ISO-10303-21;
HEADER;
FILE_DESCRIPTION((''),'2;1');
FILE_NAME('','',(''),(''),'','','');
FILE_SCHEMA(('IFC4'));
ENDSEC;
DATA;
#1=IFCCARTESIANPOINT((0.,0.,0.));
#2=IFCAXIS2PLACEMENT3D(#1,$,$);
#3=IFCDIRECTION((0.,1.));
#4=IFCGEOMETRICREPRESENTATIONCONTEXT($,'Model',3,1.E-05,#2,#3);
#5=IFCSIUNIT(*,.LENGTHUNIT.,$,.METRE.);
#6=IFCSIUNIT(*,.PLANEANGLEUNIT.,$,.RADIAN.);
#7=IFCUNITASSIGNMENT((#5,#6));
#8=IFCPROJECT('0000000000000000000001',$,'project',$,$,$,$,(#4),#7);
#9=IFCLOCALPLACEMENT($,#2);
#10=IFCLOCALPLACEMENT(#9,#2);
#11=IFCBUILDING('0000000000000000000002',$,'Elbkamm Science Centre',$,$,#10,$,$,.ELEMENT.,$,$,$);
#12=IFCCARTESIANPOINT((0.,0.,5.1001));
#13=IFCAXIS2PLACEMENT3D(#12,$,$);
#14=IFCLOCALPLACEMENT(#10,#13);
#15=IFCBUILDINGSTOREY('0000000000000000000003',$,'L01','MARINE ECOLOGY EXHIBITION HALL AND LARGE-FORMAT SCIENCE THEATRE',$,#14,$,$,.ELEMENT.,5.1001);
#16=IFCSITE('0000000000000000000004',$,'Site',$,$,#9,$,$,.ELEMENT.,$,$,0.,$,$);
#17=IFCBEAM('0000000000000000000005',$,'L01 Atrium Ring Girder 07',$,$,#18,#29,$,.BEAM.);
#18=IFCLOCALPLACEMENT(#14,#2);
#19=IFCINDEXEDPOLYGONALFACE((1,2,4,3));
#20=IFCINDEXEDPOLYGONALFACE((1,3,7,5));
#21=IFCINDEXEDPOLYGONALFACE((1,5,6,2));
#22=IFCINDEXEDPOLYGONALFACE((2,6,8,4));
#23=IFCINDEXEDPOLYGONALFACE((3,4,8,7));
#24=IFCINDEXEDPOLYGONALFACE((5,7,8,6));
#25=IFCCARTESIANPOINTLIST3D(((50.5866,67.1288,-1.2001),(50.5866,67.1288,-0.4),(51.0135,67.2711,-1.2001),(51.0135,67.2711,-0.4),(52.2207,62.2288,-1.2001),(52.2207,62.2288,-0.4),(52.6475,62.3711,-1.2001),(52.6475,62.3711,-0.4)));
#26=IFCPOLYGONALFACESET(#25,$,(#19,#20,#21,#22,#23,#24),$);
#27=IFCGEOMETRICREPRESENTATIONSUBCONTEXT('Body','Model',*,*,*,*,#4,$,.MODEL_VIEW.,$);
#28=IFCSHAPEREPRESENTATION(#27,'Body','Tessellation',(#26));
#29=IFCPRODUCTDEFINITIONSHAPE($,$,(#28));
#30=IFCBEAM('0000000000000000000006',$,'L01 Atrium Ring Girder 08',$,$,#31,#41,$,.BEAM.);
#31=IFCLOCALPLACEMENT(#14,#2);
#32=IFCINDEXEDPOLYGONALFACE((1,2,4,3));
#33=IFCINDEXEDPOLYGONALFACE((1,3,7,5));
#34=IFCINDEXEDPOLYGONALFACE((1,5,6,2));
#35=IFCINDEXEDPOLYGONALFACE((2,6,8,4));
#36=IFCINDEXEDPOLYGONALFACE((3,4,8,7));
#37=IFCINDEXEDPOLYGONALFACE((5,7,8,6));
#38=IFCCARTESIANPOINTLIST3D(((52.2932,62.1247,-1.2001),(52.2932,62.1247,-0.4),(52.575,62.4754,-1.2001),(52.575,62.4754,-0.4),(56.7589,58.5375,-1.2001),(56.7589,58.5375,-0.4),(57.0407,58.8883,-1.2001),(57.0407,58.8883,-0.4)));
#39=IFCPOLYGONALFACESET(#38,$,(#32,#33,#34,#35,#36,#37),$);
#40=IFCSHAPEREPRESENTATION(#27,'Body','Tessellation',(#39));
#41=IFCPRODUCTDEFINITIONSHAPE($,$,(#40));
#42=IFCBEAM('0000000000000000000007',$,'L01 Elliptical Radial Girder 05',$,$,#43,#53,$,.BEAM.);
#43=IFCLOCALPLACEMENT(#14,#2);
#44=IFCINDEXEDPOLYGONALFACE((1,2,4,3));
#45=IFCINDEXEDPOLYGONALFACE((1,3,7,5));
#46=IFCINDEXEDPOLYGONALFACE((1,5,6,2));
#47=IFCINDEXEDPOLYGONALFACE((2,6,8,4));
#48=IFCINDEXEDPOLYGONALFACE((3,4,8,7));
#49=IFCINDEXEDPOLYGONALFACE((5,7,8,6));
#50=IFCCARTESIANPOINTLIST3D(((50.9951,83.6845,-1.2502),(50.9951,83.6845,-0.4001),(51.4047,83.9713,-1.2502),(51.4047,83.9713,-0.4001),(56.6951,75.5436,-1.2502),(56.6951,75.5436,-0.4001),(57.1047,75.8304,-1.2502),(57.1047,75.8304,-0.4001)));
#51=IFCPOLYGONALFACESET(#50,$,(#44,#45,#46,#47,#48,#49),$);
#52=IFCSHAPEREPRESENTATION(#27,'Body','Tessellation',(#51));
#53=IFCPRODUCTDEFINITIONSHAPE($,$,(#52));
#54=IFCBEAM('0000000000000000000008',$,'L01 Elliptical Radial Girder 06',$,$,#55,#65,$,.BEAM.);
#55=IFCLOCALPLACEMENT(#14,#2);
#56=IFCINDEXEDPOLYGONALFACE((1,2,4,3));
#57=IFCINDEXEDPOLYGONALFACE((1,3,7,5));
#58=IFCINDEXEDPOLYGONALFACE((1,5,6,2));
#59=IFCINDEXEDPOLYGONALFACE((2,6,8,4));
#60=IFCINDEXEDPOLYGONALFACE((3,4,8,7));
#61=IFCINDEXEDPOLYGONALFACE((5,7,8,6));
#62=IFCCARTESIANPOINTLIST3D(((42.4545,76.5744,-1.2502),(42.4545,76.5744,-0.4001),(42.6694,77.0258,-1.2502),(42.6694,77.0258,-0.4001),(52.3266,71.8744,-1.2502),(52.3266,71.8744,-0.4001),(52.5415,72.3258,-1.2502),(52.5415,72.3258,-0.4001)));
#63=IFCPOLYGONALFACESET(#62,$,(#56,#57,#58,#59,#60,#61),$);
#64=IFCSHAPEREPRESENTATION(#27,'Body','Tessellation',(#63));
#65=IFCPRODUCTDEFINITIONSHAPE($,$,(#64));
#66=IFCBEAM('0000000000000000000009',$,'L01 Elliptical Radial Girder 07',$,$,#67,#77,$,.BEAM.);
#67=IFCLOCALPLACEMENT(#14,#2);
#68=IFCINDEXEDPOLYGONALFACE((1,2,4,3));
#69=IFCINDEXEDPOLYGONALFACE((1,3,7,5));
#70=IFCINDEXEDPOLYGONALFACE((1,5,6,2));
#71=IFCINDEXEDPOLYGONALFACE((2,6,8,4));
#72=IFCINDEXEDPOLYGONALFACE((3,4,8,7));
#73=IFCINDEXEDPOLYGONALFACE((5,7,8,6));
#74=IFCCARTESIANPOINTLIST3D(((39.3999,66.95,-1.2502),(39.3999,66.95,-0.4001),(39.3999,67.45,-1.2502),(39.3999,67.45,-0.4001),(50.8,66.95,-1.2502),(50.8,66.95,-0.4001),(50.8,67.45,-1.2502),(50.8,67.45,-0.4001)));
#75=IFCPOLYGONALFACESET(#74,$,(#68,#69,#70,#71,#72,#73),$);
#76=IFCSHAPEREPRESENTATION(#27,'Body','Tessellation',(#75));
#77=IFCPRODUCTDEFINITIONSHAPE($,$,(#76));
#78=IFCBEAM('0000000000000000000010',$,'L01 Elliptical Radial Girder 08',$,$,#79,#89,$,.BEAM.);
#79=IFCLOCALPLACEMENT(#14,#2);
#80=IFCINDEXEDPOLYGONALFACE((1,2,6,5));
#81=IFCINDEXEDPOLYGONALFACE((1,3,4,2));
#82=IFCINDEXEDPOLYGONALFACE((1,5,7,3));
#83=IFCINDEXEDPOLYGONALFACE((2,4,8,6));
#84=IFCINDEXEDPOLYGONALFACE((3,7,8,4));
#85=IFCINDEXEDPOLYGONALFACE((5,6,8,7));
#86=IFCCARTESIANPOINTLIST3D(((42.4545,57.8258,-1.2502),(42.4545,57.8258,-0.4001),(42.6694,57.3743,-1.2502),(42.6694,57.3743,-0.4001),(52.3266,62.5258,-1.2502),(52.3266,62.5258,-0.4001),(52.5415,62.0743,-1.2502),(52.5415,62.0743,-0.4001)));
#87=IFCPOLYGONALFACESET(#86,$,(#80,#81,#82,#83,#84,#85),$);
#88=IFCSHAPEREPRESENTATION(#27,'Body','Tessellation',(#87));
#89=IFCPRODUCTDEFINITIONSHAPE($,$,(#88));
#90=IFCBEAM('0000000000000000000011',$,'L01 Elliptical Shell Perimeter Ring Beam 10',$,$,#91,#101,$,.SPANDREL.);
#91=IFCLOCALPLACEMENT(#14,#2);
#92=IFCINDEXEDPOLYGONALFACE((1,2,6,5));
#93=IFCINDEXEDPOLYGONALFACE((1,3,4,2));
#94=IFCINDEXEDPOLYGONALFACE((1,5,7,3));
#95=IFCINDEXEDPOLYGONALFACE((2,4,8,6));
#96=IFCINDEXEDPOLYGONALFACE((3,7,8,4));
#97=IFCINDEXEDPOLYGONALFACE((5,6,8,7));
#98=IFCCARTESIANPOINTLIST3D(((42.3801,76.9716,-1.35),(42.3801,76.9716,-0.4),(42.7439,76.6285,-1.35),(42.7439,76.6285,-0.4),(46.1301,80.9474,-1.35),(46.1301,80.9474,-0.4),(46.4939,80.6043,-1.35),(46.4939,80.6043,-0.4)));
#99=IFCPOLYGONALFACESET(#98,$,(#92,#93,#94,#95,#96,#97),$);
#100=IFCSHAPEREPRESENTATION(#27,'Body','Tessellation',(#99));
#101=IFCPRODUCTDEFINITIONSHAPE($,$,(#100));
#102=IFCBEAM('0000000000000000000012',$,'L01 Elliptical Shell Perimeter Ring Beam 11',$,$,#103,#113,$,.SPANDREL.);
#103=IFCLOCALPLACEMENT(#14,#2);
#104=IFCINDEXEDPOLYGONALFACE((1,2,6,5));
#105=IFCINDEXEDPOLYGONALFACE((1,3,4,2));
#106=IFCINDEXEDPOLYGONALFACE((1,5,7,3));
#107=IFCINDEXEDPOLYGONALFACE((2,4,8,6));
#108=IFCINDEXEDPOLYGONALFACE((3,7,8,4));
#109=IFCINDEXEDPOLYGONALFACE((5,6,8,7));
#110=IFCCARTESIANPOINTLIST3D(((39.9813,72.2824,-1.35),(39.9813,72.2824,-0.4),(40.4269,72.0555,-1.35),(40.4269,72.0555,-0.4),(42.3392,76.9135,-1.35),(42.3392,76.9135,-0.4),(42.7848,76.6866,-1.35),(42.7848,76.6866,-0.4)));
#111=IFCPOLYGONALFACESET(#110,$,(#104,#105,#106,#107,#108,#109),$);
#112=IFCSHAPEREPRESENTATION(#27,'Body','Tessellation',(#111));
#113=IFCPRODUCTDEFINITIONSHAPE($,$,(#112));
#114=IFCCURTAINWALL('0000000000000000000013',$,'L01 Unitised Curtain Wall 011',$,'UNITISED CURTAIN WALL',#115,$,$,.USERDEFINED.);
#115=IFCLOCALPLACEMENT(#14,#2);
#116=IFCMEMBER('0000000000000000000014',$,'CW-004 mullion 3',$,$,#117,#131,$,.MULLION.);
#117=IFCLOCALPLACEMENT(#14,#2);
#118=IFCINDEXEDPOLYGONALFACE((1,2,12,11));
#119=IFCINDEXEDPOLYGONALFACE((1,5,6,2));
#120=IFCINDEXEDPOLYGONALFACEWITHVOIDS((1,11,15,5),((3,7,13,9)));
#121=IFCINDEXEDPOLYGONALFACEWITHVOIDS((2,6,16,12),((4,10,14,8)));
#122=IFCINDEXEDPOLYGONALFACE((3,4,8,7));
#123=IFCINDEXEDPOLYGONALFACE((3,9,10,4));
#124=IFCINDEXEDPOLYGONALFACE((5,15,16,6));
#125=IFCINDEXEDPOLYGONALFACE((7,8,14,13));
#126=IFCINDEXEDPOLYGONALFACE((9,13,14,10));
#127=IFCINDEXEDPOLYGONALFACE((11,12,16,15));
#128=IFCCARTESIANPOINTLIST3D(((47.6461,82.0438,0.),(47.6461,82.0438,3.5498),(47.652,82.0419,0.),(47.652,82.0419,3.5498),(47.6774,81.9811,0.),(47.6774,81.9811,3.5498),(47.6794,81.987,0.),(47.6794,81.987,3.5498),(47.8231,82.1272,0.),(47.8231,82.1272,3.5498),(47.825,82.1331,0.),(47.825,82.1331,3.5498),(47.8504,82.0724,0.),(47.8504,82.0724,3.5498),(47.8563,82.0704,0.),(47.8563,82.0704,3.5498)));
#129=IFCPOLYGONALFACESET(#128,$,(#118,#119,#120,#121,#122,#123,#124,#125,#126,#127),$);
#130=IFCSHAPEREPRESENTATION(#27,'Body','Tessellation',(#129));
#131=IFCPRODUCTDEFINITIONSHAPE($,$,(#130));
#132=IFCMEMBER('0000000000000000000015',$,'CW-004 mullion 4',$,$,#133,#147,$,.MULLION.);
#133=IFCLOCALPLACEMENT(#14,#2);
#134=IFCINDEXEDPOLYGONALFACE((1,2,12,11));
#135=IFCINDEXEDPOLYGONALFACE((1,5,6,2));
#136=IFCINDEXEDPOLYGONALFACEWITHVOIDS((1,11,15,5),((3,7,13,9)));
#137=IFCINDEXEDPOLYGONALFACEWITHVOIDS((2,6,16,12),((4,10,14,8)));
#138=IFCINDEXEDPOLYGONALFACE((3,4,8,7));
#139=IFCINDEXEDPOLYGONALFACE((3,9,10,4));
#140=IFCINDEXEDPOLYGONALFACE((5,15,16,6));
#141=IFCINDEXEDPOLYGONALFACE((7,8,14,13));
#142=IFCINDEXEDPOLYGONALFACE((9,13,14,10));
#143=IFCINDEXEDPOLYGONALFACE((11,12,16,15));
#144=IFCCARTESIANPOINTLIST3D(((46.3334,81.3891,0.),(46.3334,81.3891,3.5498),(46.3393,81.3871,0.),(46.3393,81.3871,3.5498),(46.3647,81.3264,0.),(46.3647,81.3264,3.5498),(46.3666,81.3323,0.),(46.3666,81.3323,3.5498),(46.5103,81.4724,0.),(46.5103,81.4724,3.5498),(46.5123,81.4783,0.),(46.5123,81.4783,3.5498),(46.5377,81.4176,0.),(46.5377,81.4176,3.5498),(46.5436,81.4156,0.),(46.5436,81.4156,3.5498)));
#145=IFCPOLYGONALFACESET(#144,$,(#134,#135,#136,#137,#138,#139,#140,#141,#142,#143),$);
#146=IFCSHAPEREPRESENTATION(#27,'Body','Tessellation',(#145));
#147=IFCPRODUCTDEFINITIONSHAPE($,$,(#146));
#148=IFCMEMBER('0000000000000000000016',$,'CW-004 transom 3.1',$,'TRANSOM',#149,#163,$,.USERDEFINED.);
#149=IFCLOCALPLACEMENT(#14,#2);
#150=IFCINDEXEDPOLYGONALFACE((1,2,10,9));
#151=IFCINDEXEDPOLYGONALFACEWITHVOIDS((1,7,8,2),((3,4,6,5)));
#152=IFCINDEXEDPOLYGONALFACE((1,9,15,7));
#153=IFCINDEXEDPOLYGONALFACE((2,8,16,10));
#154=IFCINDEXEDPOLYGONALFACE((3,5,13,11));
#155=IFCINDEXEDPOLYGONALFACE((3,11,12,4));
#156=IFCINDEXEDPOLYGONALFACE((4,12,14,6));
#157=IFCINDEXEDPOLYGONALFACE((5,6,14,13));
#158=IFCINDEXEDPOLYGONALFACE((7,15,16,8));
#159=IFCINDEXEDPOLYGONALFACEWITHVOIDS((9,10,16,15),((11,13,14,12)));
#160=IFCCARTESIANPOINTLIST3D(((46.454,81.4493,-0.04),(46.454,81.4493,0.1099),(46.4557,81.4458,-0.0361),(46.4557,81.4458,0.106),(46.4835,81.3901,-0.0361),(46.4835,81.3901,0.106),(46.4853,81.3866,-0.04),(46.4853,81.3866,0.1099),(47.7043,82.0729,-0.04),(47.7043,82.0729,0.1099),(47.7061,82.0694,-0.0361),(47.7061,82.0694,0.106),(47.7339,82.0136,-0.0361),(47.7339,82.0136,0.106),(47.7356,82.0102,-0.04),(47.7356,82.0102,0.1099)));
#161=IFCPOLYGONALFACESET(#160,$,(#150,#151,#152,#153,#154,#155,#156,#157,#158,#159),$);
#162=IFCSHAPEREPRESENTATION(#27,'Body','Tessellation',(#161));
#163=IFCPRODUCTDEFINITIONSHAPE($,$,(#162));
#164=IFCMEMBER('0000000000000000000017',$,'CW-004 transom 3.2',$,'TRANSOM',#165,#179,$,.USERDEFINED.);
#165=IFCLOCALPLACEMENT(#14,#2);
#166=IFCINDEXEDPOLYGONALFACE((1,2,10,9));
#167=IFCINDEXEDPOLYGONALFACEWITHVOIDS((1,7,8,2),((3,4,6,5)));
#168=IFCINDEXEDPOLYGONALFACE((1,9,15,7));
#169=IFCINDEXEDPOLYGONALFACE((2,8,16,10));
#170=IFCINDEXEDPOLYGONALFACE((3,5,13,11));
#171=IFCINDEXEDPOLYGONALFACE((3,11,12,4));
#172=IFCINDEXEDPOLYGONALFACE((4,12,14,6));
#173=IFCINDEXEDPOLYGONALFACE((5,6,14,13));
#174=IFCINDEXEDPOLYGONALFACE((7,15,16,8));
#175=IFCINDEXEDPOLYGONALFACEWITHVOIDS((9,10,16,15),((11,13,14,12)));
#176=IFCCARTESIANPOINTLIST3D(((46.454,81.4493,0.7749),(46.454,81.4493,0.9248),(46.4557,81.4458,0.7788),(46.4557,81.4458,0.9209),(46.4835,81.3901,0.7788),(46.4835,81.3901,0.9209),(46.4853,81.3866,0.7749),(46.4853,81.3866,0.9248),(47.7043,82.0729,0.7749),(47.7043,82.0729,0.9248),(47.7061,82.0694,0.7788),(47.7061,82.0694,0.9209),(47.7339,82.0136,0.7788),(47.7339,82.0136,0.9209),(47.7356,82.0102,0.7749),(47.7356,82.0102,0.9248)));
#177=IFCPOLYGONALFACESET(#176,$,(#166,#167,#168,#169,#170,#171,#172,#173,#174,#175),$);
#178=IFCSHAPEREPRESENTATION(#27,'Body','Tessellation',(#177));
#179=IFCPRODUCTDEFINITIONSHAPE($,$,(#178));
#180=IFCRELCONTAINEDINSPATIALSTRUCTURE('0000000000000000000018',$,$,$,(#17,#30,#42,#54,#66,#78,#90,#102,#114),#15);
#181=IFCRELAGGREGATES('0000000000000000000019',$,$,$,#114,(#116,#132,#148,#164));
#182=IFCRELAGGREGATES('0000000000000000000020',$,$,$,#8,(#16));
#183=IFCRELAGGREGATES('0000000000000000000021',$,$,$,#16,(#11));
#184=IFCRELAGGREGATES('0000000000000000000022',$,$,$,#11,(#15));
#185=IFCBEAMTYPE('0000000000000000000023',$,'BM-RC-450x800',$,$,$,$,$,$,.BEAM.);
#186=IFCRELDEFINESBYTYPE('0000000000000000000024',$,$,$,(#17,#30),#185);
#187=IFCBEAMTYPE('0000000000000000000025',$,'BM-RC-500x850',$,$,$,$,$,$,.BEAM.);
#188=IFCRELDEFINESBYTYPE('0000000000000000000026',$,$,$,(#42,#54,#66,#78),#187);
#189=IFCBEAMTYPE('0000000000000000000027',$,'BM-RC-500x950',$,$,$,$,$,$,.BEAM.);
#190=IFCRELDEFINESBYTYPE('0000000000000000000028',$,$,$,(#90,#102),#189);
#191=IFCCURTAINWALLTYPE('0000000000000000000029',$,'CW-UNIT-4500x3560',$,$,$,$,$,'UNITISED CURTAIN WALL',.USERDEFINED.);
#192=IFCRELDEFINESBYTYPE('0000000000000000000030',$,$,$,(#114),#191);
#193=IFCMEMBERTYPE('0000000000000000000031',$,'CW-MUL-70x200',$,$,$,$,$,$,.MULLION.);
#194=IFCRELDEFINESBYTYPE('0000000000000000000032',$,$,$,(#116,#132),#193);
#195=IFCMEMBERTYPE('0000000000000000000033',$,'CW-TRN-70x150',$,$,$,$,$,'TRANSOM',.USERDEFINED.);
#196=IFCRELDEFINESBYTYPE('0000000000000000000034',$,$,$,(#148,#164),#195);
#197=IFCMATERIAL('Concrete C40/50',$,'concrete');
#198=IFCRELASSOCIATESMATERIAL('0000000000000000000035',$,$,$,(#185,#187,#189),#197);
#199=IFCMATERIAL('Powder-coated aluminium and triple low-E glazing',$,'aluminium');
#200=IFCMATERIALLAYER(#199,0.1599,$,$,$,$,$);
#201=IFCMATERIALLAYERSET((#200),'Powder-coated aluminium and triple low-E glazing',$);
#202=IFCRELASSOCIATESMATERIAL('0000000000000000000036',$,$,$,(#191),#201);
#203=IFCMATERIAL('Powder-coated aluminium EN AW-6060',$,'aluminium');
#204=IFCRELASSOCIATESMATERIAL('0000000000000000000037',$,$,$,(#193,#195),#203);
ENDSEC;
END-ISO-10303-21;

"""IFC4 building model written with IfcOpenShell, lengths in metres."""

from ifc_helpers import new_model, si_unit, direction, frame, origin, origin_2d, place, context, subcontext, project, spatial, rectangle, hollow_rectangle, extrude, material, layer, layer_set, material_profile, profile_set, type_object, element, aggregate, save


model = new_model("IFC4")

# Units and contexts
model_context = context("Model", 3, precision=1e-05, world=origin(), true_north=direction((0.0, 1.0)))
body_context = subcontext(model_context, "Body", "Model", "MODEL_VIEW")
ifc_project = project(units=[si_unit("LENGTHUNIT", "METRE"), si_unit("PLANEANGLEUNIT", "RADIAN")], contexts=[model_context])

# Site, building, storey
site_placement = place(None, origin())
site = spatial("IfcSite", under=ifc_project, at=site_placement, Name="Site", CompositionType="ELEMENT", RefElevation=0.0)
building_placement = place(site_placement, origin())
building = spatial("IfcBuilding", under=site, at=building_placement, Name="Elbkamm Science Centre", CompositionType="ELEMENT")
storey_placement = place(building_placement, frame((0.0, 0.0, 5.1001)))
storey = spatial("IfcBuildingStorey", under=building, at=storey_placement, Name="L01", Description="MARINE ECOLOGY EXHIBITION HALL AND LARGE-FORMAT SCIENCE THEATRE", CompositionType="ELEMENT", Elevation=5.1001)

# Shared definitions
ifc_material_1 = material(Name="Concrete C40/50", Category="concrete")

# Beams
ifc_material_profile_1 = material_profile(ifc_material_1, rectangle(XDim=0.45, YDim=0.8, at=origin_2d()), Name="RC 450x800")
ifc_profile_set_1 = profile_set([ifc_material_profile_1], Name="Concrete C40/50")
beam_type_1 = type_object("IfcBeamType", Name="BM-RC-450x800", PredefinedType="BEAM", material=ifc_profile_set_1)
beam_1_placement = place(storey_placement, frame((50.8, 67.2, -0.8), z_axis=(0.316355, -0.948641, 0.0), x_axis=(0.948641, 0.316355, 0.0)))
element("IfcBeam", 1, at=beam_1_placement, inside=storey, type_object=beam_type_1, Name="L01 Atrium Ring Girder 07", PredefinedType="BEAM", context=body_context, shape_type="SweptSolid", body=[
    extrude(rectangle(XDim=0.45, YDim=0.8, at=origin_2d()), origin(), (0.0, 0.0, 1.0), 5.1653),
])
beam_2_placement = place(storey_placement, frame((52.4341, 62.3, -0.8), z_axis=(0.779632, -0.626238, 0.0), x_axis=(0.626238, 0.779632, 0.0)))
element("IfcBeam", 2, at=beam_2_placement, inside=storey, type_object=beam_type_1, Name="L01 Atrium Ring Girder 08", PredefinedType="BEAM", context=body_context, shape_type="SweptSolid", body=[
    extrude(rectangle(XDim=0.45, YDim=0.8, at=origin_2d()), origin(), (0.0, 0.0, 1.0), 5.728),
])
ifc_material_profile_2 = material_profile(ifc_material_1, rectangle(XDim=0.5, YDim=0.8501, at=origin_2d()), Name="RC 500x850")
ifc_profile_set_2 = profile_set([ifc_material_profile_2], Name="Concrete C40/50")
beam_type_2 = type_object("IfcBeamType", Name="BM-RC-500x850", PredefinedType="BEAM", material=ifc_profile_set_2)
beam_3_placement = place(storey_placement, frame((56.8999, 75.687, -0.8252), z_axis=(-0.573553, 0.819168, 0.0), x_axis=(-0.819168, -0.573553, 0.0)))
element("IfcBeam", 3, at=beam_3_placement, inside=storey, type_object=beam_type_2, Name="L01 Elliptical Radial Girder 05", PredefinedType="BEAM", context=body_context, shape_type="SweptSolid", body=[
    extrude(rectangle(XDim=0.5, YDim=0.8501, at=origin_2d()), origin(), (0.0, 0.0, 1.0), 9.938),
])
beam_4_placement = place(storey_placement, frame((52.4341, 72.1001, -0.8252), z_axis=(-0.902897, 0.429856, 0.0), x_axis=(-0.429856, -0.902897, 0.0)))
element("IfcBeam", 4, at=beam_4_placement, inside=storey, type_object=beam_type_2, Name="L01 Elliptical Radial Girder 06", PredefinedType="BEAM", context=body_context, shape_type="SweptSolid", body=[
    extrude(rectangle(XDim=0.5, YDim=0.8501, at=origin_2d()), origin(), (0.0, 0.0, 1.0), 10.9338),
])
beam_5_placement = place(storey_placement, frame((50.8, 67.2, -0.8252), z_axis=(-1.0, 0.0, 0.0), x_axis=(0.0, -1.0, 0.0)))
element("IfcBeam", 5, at=beam_5_placement, inside=storey, type_object=beam_type_2, Name="L01 Elliptical Radial Girder 07", PredefinedType="BEAM", context=body_context, shape_type="SweptSolid", body=[
    extrude(rectangle(XDim=0.5, YDim=0.8501, at=origin_2d()), origin(), (0.0, 0.0, 1.0), 11.4001),
])
beam_6_placement = place(storey_placement, frame((52.4341, 62.3, -0.8252), z_axis=(-0.902897, -0.429856, 0.0), x_axis=(0.429856, -0.902897, 0.0)))
element("IfcBeam", 6, at=beam_6_placement, inside=storey, type_object=beam_type_2, Name="L01 Elliptical Radial Girder 08", PredefinedType="BEAM", context=body_context, shape_type="SweptSolid", body=[
    extrude(rectangle(XDim=0.5, YDim=0.8501, at=origin_2d()), origin(), (0.0, 0.0, 1.0), 10.9338),
])
ifc_material_profile_3 = material_profile(ifc_material_1, rectangle(XDim=0.5, YDim=0.95, at=origin_2d()), Name="RC 500x950")
ifc_profile_set_3 = profile_set([ifc_material_profile_3], Name="Concrete C40/50")
beam_type_3 = type_object("IfcBeamType", Name="BM-RC-500x950", PredefinedType="BEAM", material=ifc_profile_set_3)
beam_7_placement = place(storey_placement, frame((46.312, 80.7759, -0.875), z_axis=(-0.686145, -0.727465, 0.0), x_axis=(0.727465, -0.686145, 0.0)))
element("IfcBeam", 7, at=beam_7_placement, inside=storey, type_object=beam_type_3, Name="L01 Elliptical Shell Perimeter Ring Beam 10", PredefinedType="SPANDREL", context=body_context, shape_type="SweptSolid", body=[
    extrude(rectangle(XDim=0.5, YDim=0.95, at=origin_2d()), origin(), (0.0, 0.0, 1.0), 5.4653),
])
beam_8_placement = place(storey_placement, frame((42.562, 76.8, -0.875), z_axis=(-0.453722, -0.891143, 0.0), x_axis=(0.891143, -0.453722, 0.0)))
element("IfcBeam", 8, at=beam_8_placement, inside=storey, type_object=beam_type_3, Name="L01 Elliptical Shell Perimeter Ring Beam 11", PredefinedType="SPANDREL", context=body_context, shape_type="SweptSolid", body=[
    extrude(rectangle(XDim=0.5, YDim=0.95, at=origin_2d()), origin(), (0.0, 0.0, 1.0), 5.1968),
])

# Curtain wall, members
ifc_material_2 = material(Name="Powder-coated aluminium and triple low-E glazing", Category="aluminium")
ifc_layer_1 = layer(ifc_material_2, 0.1599)
ifc_layer_set_1 = layer_set([ifc_layer_1], Name="Powder-coated aluminium and triple low-E glazing")
curtain_wall_type = type_object("IfcCurtainWallType", Name="CW-UNIT-4500x3560", ElementType="UNITISED CURTAIN WALL", PredefinedType="USERDEFINED", material=ifc_layer_set_1)
curtain_wall_placement = place(storey_placement, origin())
curtain_wall = element("IfcCurtainWall", 9, at=curtain_wall_placement, inside=storey, type_object=curtain_wall_type, Name="L01 Unitised Curtain Wall 011", ObjectType="UNITISED CURTAIN WALL", PredefinedType="USERDEFINED")
ifc_material_3 = material(Name="Powder-coated aluminium EN AW-6060", Category="aluminium")
ifc_material_profile_4 = material_profile(ifc_material_3, hollow_rectangle(XDim=0.0701, YDim=0.2, WallThickness=0.0044, at=origin_2d()), Name="ALU M70x200")
ifc_profile_set_4 = profile_set([ifc_material_profile_4], Name="Powder-coated aluminium EN AW-6060")
member_type_1 = type_object("IfcMemberType", Name="CW-MUL-70x200", PredefinedType="MULLION", material=ifc_profile_set_4)
member_1_placement = place(storey_placement, frame((47.7512, 82.0571, 0.0), z_axis=(0.0, 0.0, 1.0), x_axis=(0.446441, -0.894813, 0.0)))
member_1 = element("IfcMember", 10, at=member_1_placement, type_object=member_type_1, Name="CW-004 mullion 3", PredefinedType="MULLION", context=body_context, shape_type="SweptSolid", body=[
    extrude(hollow_rectangle(XDim=0.0701, YDim=0.2, WallThickness=0.0044, at=origin_2d()), origin(), (0.0, 0.0, 1.0), 3.5498),
])
member_2_placement = place(storey_placement, frame((46.4385, 81.4023, 0.0), z_axis=(0.0, 0.0, 1.0), x_axis=(0.446441, -0.894813, 0.0)))
member_2 = element("IfcMember", 11, at=member_2_placement, type_object=member_type_1, Name="CW-004 mullion 4", PredefinedType="MULLION", context=body_context, shape_type="SweptSolid", body=[
    extrude(hollow_rectangle(XDim=0.0701, YDim=0.2, WallThickness=0.0044, at=origin_2d()), origin(), (0.0, 0.0, 1.0), 3.5498),
])
ifc_material_profile_5 = material_profile(ifc_material_3, hollow_rectangle(XDim=0.0701, YDim=0.1499, WallThickness=0.0039, at=origin_2d()), Name="ALU T70x150")
ifc_profile_set_5 = profile_set([ifc_material_profile_5], Name="Powder-coated aluminium EN AW-6060")
member_type_2 = type_object("IfcMemberType", Name="CW-TRN-70x150", ElementType="TRANSOM", PredefinedType="USERDEFINED", material=ifc_profile_set_5)
member_3_placement = place(storey_placement, frame((47.72, 82.0415, 0.0349), z_axis=(-0.894881, -0.446305, 0.0), x_axis=(0.446305, -0.894881, 0.0)))
member_3 = element("IfcMember", 12, at=member_3_placement, type_object=member_type_2, Name="CW-004 transom 3.1", ObjectType="TRANSOM", PredefinedType="USERDEFINED", context=body_context, shape_type="SweptSolid", body=[
    extrude(hollow_rectangle(XDim=0.0701, YDim=0.1499, WallThickness=0.0039, at=origin_2d()), origin(), (0.0, 0.0, 1.0), 1.3972),
])
member_4_placement = place(storey_placement, frame((47.72, 82.0415, 0.8499), z_axis=(-0.894881, -0.446305, 0.0), x_axis=(0.446305, -0.894881, 0.0)))
member_4 = element("IfcMember", 13, at=member_4_placement, type_object=member_type_2, Name="CW-004 transom 3.2", ObjectType="TRANSOM", PredefinedType="USERDEFINED", context=body_context, shape_type="SweptSolid", body=[
    extrude(hollow_rectangle(XDim=0.0701, YDim=0.1499, WallThickness=0.0039, at=origin_2d()), origin(), (0.0, 0.0, 1.0), 1.3972),
])
aggregate(curtain_wall, [member_1, member_2, member_3, member_4])

save(model, "model.ifc")
